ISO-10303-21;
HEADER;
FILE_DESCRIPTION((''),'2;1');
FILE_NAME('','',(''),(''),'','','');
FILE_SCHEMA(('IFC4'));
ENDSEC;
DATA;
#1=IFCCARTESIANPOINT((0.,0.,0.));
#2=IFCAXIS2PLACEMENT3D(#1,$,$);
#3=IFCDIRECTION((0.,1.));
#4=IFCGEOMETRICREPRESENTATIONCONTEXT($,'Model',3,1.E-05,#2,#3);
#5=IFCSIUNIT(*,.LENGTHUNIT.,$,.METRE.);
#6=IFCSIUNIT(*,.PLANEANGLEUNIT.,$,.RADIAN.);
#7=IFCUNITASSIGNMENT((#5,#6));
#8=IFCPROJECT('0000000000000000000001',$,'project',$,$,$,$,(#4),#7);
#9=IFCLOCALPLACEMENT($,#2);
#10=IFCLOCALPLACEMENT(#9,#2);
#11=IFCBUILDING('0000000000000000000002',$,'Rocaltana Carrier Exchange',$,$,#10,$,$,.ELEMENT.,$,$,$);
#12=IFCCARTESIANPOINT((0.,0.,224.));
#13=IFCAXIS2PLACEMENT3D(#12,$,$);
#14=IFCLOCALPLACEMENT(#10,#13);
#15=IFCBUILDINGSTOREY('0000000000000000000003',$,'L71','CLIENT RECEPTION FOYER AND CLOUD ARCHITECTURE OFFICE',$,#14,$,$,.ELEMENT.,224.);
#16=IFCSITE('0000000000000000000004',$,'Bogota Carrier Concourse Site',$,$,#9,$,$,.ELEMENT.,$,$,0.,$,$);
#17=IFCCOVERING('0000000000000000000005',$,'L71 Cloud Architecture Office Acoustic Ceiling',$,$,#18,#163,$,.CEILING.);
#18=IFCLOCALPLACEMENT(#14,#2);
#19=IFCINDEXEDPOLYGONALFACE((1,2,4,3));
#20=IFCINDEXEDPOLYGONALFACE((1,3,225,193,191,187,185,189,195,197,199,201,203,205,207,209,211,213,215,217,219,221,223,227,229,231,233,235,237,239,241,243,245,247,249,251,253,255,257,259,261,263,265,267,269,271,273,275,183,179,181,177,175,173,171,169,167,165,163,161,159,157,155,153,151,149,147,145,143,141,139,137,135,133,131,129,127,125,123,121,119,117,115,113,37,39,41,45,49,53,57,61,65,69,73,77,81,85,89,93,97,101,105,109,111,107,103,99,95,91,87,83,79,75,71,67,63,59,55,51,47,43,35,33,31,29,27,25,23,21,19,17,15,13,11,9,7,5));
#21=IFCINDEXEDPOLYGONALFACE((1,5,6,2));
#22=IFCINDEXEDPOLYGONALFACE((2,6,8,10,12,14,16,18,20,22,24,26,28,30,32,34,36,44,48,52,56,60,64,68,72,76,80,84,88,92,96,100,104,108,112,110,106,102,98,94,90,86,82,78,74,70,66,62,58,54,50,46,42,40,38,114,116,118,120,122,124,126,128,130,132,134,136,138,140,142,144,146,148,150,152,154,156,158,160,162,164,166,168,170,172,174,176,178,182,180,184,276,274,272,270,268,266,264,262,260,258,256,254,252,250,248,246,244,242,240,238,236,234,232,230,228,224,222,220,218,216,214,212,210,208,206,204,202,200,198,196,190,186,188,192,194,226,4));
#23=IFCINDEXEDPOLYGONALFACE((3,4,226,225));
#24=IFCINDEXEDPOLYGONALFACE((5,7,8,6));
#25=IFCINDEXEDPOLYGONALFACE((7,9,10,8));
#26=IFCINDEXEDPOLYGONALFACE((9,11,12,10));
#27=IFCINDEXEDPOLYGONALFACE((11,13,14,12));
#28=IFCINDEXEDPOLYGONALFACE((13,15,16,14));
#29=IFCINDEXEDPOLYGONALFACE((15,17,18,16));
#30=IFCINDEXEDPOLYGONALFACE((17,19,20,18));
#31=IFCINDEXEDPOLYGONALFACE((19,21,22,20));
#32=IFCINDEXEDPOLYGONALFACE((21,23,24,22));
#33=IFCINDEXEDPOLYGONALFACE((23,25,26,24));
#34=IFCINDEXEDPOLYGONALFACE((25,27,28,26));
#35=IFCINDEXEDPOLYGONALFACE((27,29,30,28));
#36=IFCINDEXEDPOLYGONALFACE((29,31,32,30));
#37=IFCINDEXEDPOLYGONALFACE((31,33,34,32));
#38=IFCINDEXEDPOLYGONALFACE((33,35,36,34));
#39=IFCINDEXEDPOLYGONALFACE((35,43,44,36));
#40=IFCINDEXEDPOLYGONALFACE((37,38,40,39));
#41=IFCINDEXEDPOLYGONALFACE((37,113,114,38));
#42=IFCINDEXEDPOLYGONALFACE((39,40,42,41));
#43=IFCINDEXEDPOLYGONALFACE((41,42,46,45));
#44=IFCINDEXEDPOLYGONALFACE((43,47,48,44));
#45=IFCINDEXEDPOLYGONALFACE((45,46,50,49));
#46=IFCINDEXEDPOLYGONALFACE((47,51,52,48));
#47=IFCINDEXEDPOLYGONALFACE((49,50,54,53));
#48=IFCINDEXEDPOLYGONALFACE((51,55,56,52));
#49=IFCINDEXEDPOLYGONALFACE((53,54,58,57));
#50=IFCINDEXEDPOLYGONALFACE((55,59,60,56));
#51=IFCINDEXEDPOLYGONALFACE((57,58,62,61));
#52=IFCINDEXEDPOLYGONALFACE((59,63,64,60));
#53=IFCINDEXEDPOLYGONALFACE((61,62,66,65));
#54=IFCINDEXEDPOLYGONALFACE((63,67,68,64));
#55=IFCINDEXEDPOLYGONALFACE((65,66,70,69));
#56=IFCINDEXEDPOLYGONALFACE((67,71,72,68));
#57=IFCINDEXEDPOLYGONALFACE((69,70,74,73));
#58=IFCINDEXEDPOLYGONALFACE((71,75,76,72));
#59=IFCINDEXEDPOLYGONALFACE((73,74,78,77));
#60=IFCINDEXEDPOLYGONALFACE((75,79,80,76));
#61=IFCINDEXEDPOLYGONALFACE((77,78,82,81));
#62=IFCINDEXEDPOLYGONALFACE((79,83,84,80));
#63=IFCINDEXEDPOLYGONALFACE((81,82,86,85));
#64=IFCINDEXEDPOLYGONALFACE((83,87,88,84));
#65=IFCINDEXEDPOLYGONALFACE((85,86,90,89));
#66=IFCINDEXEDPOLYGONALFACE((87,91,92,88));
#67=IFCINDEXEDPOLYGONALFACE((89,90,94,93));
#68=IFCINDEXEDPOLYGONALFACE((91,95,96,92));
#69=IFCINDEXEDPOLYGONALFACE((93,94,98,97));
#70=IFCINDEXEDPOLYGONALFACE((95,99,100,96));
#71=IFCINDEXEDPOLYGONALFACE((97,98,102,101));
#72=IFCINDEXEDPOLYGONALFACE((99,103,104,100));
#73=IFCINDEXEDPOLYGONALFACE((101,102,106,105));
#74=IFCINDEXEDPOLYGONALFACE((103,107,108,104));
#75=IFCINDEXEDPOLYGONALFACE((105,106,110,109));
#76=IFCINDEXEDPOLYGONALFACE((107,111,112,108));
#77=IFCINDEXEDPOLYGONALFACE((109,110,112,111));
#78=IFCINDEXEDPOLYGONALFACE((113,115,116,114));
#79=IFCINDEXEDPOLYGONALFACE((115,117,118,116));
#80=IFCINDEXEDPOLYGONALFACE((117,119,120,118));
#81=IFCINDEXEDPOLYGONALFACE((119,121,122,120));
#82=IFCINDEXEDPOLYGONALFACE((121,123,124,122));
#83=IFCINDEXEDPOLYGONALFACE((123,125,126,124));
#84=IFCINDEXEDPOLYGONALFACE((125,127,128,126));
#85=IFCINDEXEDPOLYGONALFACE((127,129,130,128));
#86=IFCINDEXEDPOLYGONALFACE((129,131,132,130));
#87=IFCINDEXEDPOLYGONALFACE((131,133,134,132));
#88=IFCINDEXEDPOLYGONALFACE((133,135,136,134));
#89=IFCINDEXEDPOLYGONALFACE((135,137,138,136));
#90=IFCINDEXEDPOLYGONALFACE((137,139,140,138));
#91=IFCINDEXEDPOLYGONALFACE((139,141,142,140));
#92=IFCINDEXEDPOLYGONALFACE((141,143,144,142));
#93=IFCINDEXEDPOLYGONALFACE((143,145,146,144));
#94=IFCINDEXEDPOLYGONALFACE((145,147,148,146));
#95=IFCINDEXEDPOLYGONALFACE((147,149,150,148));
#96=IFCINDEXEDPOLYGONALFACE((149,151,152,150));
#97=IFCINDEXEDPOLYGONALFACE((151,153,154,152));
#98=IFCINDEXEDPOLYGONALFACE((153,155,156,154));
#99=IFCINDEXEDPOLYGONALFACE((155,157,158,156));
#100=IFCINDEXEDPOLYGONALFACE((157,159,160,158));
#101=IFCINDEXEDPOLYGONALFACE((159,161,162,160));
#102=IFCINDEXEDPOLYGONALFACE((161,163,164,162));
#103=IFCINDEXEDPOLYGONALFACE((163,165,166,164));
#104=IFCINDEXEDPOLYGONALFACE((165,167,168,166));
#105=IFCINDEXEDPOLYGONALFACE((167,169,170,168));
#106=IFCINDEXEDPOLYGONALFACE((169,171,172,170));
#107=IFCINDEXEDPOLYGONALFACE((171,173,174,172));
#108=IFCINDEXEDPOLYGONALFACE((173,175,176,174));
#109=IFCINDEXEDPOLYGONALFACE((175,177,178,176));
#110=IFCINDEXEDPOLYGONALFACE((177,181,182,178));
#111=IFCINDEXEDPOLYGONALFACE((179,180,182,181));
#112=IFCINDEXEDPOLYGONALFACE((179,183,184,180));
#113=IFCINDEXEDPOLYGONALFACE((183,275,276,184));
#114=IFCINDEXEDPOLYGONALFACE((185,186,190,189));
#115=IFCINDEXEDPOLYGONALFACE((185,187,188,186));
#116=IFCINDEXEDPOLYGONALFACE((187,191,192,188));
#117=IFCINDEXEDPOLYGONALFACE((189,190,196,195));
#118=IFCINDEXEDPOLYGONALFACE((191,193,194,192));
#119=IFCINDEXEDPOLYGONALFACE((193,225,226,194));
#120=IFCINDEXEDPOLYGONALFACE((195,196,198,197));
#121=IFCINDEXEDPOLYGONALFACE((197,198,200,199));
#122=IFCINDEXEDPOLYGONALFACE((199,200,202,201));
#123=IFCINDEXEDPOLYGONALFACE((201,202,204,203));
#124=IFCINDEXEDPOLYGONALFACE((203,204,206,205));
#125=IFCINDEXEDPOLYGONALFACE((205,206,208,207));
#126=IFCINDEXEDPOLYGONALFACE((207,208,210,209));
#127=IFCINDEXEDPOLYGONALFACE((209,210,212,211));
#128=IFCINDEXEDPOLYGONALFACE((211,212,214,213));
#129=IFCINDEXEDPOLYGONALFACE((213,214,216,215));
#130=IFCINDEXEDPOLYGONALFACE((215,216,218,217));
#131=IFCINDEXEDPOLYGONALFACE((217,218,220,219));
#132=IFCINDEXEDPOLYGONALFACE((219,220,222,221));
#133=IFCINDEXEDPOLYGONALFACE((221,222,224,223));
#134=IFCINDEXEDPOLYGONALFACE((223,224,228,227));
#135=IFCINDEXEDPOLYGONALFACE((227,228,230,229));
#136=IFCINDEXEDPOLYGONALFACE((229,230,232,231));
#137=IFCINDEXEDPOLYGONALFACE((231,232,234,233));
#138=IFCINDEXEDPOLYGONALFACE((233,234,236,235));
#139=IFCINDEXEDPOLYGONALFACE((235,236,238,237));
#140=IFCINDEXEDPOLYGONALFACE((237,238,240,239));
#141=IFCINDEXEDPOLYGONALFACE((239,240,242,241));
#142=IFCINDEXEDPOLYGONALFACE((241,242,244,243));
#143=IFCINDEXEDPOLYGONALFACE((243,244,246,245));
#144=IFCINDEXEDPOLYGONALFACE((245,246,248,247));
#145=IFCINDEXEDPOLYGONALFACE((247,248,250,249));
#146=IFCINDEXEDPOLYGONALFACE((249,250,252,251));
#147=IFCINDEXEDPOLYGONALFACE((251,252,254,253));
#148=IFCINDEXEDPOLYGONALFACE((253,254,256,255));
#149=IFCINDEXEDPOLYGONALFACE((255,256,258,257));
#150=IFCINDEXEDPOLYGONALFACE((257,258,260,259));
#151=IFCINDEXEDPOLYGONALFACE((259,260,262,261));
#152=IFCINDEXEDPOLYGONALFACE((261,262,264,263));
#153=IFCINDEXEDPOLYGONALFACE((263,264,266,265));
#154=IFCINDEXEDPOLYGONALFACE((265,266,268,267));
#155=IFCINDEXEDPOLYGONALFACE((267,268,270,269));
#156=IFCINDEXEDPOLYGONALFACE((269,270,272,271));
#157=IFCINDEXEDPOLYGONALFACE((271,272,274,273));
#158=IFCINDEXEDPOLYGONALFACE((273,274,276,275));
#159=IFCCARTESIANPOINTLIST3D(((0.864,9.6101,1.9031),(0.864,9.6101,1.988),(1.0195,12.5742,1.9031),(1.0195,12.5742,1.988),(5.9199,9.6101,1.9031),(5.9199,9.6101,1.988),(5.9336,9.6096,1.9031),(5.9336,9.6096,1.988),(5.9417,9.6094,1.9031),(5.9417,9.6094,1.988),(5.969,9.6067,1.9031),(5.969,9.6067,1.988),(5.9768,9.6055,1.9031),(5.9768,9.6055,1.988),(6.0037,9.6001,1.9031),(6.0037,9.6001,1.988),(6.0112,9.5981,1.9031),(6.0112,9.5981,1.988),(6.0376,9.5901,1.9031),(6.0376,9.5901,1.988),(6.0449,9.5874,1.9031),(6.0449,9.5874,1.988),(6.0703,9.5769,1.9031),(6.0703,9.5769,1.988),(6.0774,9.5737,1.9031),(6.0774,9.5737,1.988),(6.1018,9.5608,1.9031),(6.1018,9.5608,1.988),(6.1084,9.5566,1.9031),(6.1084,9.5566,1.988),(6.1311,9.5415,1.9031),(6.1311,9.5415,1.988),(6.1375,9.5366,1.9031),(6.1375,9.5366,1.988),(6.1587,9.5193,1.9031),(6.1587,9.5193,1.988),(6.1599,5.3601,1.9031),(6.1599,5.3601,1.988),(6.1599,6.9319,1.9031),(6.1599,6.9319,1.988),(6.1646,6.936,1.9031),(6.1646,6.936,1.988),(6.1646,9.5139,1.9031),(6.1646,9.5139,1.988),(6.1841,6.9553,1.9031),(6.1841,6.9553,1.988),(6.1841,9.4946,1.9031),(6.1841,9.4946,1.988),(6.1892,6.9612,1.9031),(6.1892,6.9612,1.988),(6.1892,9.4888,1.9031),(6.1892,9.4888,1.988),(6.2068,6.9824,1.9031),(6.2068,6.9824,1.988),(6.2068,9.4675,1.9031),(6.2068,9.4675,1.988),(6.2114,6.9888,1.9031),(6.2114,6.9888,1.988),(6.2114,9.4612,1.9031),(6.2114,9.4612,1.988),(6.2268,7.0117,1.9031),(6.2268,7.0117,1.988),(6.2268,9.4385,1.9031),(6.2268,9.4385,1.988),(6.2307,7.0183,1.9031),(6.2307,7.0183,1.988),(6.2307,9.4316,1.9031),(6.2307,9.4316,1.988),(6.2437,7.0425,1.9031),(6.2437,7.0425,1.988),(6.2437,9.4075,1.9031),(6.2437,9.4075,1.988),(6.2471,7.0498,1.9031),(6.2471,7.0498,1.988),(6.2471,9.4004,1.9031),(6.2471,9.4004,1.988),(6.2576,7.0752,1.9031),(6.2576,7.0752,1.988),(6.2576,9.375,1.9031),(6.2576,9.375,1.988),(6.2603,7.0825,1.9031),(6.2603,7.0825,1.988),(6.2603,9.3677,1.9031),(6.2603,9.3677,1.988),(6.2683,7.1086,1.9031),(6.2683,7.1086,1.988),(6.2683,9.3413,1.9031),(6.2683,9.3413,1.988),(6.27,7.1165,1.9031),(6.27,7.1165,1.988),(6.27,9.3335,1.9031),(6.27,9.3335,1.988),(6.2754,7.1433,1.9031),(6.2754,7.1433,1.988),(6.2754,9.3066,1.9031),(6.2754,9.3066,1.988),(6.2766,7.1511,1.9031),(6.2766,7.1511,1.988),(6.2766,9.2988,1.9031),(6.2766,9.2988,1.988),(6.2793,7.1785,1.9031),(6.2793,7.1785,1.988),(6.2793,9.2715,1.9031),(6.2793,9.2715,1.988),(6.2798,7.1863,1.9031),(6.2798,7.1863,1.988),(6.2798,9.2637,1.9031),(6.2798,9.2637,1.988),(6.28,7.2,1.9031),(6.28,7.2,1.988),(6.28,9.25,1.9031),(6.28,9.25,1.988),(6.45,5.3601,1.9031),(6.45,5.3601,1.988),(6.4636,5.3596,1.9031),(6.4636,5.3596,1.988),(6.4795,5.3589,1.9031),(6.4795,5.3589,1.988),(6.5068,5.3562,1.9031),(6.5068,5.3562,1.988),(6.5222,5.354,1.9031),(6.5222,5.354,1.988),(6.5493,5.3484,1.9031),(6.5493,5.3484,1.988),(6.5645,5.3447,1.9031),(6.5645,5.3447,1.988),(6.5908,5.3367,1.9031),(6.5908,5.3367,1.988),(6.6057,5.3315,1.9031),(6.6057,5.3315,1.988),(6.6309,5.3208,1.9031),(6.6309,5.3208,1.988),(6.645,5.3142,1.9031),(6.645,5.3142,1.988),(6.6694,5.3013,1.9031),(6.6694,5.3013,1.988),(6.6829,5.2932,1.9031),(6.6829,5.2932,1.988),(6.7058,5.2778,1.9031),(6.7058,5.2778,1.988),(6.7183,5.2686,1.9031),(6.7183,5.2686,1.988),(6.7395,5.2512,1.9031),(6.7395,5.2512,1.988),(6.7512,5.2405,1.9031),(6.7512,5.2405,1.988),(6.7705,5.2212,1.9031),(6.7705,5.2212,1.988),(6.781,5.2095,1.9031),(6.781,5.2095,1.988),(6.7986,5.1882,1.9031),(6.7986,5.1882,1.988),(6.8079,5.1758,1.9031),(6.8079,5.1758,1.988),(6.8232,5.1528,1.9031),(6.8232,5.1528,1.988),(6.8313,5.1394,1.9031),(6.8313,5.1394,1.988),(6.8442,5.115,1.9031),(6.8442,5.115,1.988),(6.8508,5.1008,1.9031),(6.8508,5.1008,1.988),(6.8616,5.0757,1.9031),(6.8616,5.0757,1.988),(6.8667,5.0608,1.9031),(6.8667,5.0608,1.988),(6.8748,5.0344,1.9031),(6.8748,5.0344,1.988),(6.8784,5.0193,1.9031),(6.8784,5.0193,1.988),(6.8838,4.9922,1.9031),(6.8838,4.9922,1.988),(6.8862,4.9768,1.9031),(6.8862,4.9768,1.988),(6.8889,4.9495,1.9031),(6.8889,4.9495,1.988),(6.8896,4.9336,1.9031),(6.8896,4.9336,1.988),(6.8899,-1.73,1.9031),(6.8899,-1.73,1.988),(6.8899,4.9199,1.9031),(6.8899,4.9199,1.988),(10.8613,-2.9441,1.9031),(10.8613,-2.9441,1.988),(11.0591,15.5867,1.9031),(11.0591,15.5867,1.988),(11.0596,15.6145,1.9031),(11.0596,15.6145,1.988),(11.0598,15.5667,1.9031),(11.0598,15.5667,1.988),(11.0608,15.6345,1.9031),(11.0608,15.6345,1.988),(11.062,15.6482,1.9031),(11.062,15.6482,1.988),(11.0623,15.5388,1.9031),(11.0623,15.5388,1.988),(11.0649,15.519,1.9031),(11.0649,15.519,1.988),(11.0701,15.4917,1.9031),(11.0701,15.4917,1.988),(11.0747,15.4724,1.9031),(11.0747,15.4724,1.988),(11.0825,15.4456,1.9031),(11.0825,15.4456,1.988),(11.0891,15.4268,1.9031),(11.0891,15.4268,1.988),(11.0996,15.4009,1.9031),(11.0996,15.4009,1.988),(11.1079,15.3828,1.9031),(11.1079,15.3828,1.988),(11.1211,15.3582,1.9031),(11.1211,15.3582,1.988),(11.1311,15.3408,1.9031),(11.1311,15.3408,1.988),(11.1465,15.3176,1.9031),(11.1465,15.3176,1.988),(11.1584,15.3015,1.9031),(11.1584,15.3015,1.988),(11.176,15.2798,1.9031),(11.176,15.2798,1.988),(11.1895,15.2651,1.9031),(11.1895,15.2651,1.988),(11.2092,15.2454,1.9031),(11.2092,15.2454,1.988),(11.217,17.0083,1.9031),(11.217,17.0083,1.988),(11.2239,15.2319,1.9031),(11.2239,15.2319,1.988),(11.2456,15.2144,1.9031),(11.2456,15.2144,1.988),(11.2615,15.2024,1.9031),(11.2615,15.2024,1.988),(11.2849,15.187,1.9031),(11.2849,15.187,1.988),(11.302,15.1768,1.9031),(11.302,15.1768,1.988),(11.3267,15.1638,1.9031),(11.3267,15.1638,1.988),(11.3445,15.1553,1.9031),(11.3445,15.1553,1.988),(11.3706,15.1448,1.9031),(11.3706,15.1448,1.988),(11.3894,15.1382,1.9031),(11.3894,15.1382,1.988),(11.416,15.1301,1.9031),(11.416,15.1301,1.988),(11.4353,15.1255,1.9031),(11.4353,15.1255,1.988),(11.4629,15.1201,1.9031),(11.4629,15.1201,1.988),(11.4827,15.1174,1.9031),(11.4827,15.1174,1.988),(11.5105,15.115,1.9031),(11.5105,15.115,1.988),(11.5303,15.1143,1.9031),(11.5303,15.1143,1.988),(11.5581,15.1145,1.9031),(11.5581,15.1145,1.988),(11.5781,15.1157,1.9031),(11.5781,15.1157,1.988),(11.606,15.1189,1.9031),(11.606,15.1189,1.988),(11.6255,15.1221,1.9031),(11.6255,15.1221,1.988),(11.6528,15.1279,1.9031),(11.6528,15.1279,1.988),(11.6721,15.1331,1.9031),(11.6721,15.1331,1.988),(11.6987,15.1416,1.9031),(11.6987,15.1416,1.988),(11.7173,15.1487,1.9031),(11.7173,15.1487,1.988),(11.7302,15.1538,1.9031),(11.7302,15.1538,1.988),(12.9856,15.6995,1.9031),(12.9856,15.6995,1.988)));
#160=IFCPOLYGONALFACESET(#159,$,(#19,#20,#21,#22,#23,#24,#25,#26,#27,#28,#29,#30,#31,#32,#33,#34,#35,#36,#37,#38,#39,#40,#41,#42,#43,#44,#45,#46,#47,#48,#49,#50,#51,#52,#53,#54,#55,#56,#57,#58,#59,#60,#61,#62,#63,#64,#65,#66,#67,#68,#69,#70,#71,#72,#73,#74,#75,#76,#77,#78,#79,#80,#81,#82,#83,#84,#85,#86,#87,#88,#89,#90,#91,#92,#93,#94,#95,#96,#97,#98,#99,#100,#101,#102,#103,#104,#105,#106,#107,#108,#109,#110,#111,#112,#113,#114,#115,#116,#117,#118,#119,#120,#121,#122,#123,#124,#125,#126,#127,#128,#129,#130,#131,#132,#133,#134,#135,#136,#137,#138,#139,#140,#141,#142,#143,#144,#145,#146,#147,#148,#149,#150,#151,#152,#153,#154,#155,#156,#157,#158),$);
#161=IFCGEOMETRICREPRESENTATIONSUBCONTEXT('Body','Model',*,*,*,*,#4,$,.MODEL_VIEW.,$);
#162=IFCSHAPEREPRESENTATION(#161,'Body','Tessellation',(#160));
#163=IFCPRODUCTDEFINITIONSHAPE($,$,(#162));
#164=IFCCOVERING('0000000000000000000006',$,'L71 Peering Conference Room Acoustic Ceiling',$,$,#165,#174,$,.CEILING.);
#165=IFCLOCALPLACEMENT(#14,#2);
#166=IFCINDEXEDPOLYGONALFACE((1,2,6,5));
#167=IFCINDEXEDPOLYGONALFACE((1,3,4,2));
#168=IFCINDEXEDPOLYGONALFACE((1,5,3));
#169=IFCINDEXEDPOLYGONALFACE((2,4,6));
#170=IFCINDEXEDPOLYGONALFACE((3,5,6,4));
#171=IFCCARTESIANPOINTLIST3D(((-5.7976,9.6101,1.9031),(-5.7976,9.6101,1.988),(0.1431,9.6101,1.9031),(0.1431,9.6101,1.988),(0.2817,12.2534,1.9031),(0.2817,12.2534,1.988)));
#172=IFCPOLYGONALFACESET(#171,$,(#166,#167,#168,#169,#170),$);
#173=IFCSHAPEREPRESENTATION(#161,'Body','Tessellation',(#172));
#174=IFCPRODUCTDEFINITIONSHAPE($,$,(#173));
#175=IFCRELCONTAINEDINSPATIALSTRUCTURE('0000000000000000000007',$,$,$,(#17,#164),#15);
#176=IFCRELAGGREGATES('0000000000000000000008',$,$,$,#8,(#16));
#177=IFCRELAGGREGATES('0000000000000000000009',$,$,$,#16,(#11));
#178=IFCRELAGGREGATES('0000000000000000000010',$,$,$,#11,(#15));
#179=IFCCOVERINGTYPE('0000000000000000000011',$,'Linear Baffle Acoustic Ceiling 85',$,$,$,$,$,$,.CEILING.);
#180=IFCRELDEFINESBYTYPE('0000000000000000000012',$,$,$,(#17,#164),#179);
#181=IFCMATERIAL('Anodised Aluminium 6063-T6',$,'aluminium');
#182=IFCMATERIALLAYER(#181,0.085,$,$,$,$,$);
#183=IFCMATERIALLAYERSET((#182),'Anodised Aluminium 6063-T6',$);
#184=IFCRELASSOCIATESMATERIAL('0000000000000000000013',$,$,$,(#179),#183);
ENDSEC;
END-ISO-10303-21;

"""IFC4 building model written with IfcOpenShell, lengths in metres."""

from ifc_helpers import new_model, si_unit, direction, frame, origin, place, context, subcontext, project, spatial, polyline, outline, extrude, material, layer, layer_set, type_object, element, save


model = new_model("IFC4")

# Units and contexts
model_context = context("Model", 3, precision=1e-05, world=origin(), true_north=direction((0.0, 1.0)))
body_context = subcontext(model_context, "Body", "Model", "MODEL_VIEW")
ifc_project = project(units=[si_unit("LENGTHUNIT", "METRE"), si_unit("PLANEANGLEUNIT", "RADIAN")], contexts=[model_context])

# Site, building, storey
site_placement = place(None, origin())
site = spatial("IfcSite", under=ifc_project, at=site_placement, Name="Bogota Carrier Concourse Site", CompositionType="ELEMENT", RefElevation=0.0)
building_placement = place(site_placement, origin())
building = spatial("IfcBuilding", under=site, at=building_placement, Name="Rocaltana Carrier Exchange", CompositionType="ELEMENT")
storey_placement = place(building_placement, frame((0.0, 0.0, 224.0)))
storey = spatial("IfcBuildingStorey", under=building, at=storey_placement, Name="L71", Description="CLIENT RECEPTION FOYER AND CLOUD ARCHITECTURE OFFICE", CompositionType="ELEMENT", Elevation=224.0)

# Coverings
ifc_material_1 = material(Name="Anodised Aluminium 6063-T6", Category="aluminium")
ifc_layer_1 = layer(ifc_material_1, 0.085)
ifc_layer_set_1 = layer_set([ifc_layer_1], Name="Anodised Aluminium 6063-T6")
covering_type_1 = type_object("IfcCoveringType", Name="Linear Baffle Acoustic Ceiling 85", PredefinedType="CEILING", material=ifc_layer_set_1)
covering_1_placement = place(storey_placement, frame((0.0, 0.0, 1.9031)))
element("IfcCovering", 1, at=covering_1_placement, inside=storey, type_object=covering_type_1, Name="L71 Cloud Architecture Office Acoustic Ceiling", PredefinedType="CEILING", context=body_context, shape_type="SweptSolid", body=[
    extrude(outline(polyline([(6.1599, 6.9319), (6.1646, 6.936), (6.1841, 6.9553), (6.1892, 6.9612), (6.2068, 6.9824), (6.2114, 6.9888), (6.2268, 7.0117), (6.2307, 7.0183), (6.2437, 7.0425), (6.2471, 7.0498), (6.2576, 7.0752), (6.2603, 7.0825), (6.2683, 7.1086), (6.27, 7.1165), (6.2754, 7.1433), (6.2766, 7.1511), (6.2793, 7.1785), (6.2798, 7.1863), (6.28, 7.2), (6.28, 9.25), (6.2798, 9.2637), (6.2793, 9.2715), (6.2766, 9.2988), (6.2754, 9.3066), (6.27, 9.3335), (6.2683, 9.3413), (6.2603, 9.3677), (6.2576, 9.375), (6.2471, 9.4004), (6.2437, 9.4075), (6.2307, 9.4316), (6.2268, 9.4385), (6.2114, 9.4612), (6.2068, 9.4675), (6.1892, 9.4888), (6.1841, 9.4946), (6.1646, 9.5139), (6.1587, 9.5193), (6.1375, 9.5366), (6.1311, 9.5415), (6.1084, 9.5566), (6.1018, 9.5608), (6.0774, 9.5737), (6.0703, 9.5769), (6.0449, 9.5874), (6.0376, 9.5901), (6.0112, 9.5981), (6.0037, 9.6001), (5.9768, 9.6055), (5.969, 9.6067), (5.9417, 9.6094), (5.9336, 9.6096), (5.9199, 9.6101), (0.864, 9.6101), (1.0195, 12.5742), (11.217, 17.0083), (11.062, 15.6482), (11.0608, 15.6345), (11.0596, 15.6145), (11.0591, 15.5867), (11.0598, 15.5667), (11.0623, 15.5388), (11.0649, 15.519), (11.0701, 15.4917), (11.0747, 15.4724), (11.0825, 15.4456), (11.0891, 15.4268), (11.0996, 15.4009), (11.1079, 15.3828), (11.1211, 15.3582), (11.1311, 15.3408), (11.1465, 15.3176), (11.1584, 15.3015), (11.176, 15.2798), (11.1895, 15.2651), (11.2092, 15.2454), (11.2239, 15.2319), (11.2456, 15.2144), (11.2615, 15.2024), (11.2849, 15.187), (11.302, 15.1768), (11.3267, 15.1638), (11.3445, 15.1553), (11.3706, 15.1448), (11.3894, 15.1382), (11.416, 15.1301), (11.4353, 15.1255), (11.4629, 15.1201), (11.4827, 15.1174), (11.5105, 15.115), (11.5303, 15.1143), (11.5581, 15.1145), (11.5781, 15.1157), (11.606, 15.1189), (11.6255, 15.1221), (11.6528, 15.1279), (11.6721, 15.1331), (11.6987, 15.1416), (11.7173, 15.1487), (11.7302, 15.1538), (12.9856, 15.6995), (10.8613, -2.9441), (6.8899, -1.73), (6.8899, 4.9199), (6.8896, 4.9336), (6.8889, 4.9495), (6.8862, 4.9768), (6.8838, 4.9922), (6.8784, 5.0193), (6.8748, 5.0344), (6.8667, 5.0608), (6.8616, 5.0757), (6.8508, 5.1008), (6.8442, 5.115), (6.8313, 5.1394), (6.8232, 5.1528), (6.8079, 5.1758), (6.7986, 5.1882), (6.781, 5.2095), (6.7705, 5.2212), (6.7512, 5.2405), (6.7395, 5.2512), (6.7183, 5.2686), (6.7058, 5.2778), (6.6829, 5.2932), (6.6694, 5.3013), (6.645, 5.3142), (6.6309, 5.3208), (6.6057, 5.3315), (6.5908, 5.3367), (6.5645, 5.3447), (6.5493, 5.3484), (6.5222, 5.354), (6.5068, 5.3562), (6.4795, 5.3589), (6.4636, 5.3596), (6.45, 5.3601), (6.1599, 5.3601), (6.1599, 6.9319)])), origin(), (0.0, 0.0, 1.0), 0.085),
])
covering_2_placement = place(storey_placement, frame((0.0, 0.0, 1.9031)))
element("IfcCovering", 2, at=covering_2_placement, inside=storey, type_object=covering_type_1, Name="L71 Peering Conference Room Acoustic Ceiling", PredefinedType="CEILING", context=body_context, shape_type="SweptSolid", body=[
    extrude(outline(polyline([(-5.7976, 9.6101), (0.2817, 12.2534), (0.1431, 9.6101), (-5.7976, 9.6101)])), origin(), (0.0, 0.0, 1.0), 0.085),
])

save(model, "model.ifc")
